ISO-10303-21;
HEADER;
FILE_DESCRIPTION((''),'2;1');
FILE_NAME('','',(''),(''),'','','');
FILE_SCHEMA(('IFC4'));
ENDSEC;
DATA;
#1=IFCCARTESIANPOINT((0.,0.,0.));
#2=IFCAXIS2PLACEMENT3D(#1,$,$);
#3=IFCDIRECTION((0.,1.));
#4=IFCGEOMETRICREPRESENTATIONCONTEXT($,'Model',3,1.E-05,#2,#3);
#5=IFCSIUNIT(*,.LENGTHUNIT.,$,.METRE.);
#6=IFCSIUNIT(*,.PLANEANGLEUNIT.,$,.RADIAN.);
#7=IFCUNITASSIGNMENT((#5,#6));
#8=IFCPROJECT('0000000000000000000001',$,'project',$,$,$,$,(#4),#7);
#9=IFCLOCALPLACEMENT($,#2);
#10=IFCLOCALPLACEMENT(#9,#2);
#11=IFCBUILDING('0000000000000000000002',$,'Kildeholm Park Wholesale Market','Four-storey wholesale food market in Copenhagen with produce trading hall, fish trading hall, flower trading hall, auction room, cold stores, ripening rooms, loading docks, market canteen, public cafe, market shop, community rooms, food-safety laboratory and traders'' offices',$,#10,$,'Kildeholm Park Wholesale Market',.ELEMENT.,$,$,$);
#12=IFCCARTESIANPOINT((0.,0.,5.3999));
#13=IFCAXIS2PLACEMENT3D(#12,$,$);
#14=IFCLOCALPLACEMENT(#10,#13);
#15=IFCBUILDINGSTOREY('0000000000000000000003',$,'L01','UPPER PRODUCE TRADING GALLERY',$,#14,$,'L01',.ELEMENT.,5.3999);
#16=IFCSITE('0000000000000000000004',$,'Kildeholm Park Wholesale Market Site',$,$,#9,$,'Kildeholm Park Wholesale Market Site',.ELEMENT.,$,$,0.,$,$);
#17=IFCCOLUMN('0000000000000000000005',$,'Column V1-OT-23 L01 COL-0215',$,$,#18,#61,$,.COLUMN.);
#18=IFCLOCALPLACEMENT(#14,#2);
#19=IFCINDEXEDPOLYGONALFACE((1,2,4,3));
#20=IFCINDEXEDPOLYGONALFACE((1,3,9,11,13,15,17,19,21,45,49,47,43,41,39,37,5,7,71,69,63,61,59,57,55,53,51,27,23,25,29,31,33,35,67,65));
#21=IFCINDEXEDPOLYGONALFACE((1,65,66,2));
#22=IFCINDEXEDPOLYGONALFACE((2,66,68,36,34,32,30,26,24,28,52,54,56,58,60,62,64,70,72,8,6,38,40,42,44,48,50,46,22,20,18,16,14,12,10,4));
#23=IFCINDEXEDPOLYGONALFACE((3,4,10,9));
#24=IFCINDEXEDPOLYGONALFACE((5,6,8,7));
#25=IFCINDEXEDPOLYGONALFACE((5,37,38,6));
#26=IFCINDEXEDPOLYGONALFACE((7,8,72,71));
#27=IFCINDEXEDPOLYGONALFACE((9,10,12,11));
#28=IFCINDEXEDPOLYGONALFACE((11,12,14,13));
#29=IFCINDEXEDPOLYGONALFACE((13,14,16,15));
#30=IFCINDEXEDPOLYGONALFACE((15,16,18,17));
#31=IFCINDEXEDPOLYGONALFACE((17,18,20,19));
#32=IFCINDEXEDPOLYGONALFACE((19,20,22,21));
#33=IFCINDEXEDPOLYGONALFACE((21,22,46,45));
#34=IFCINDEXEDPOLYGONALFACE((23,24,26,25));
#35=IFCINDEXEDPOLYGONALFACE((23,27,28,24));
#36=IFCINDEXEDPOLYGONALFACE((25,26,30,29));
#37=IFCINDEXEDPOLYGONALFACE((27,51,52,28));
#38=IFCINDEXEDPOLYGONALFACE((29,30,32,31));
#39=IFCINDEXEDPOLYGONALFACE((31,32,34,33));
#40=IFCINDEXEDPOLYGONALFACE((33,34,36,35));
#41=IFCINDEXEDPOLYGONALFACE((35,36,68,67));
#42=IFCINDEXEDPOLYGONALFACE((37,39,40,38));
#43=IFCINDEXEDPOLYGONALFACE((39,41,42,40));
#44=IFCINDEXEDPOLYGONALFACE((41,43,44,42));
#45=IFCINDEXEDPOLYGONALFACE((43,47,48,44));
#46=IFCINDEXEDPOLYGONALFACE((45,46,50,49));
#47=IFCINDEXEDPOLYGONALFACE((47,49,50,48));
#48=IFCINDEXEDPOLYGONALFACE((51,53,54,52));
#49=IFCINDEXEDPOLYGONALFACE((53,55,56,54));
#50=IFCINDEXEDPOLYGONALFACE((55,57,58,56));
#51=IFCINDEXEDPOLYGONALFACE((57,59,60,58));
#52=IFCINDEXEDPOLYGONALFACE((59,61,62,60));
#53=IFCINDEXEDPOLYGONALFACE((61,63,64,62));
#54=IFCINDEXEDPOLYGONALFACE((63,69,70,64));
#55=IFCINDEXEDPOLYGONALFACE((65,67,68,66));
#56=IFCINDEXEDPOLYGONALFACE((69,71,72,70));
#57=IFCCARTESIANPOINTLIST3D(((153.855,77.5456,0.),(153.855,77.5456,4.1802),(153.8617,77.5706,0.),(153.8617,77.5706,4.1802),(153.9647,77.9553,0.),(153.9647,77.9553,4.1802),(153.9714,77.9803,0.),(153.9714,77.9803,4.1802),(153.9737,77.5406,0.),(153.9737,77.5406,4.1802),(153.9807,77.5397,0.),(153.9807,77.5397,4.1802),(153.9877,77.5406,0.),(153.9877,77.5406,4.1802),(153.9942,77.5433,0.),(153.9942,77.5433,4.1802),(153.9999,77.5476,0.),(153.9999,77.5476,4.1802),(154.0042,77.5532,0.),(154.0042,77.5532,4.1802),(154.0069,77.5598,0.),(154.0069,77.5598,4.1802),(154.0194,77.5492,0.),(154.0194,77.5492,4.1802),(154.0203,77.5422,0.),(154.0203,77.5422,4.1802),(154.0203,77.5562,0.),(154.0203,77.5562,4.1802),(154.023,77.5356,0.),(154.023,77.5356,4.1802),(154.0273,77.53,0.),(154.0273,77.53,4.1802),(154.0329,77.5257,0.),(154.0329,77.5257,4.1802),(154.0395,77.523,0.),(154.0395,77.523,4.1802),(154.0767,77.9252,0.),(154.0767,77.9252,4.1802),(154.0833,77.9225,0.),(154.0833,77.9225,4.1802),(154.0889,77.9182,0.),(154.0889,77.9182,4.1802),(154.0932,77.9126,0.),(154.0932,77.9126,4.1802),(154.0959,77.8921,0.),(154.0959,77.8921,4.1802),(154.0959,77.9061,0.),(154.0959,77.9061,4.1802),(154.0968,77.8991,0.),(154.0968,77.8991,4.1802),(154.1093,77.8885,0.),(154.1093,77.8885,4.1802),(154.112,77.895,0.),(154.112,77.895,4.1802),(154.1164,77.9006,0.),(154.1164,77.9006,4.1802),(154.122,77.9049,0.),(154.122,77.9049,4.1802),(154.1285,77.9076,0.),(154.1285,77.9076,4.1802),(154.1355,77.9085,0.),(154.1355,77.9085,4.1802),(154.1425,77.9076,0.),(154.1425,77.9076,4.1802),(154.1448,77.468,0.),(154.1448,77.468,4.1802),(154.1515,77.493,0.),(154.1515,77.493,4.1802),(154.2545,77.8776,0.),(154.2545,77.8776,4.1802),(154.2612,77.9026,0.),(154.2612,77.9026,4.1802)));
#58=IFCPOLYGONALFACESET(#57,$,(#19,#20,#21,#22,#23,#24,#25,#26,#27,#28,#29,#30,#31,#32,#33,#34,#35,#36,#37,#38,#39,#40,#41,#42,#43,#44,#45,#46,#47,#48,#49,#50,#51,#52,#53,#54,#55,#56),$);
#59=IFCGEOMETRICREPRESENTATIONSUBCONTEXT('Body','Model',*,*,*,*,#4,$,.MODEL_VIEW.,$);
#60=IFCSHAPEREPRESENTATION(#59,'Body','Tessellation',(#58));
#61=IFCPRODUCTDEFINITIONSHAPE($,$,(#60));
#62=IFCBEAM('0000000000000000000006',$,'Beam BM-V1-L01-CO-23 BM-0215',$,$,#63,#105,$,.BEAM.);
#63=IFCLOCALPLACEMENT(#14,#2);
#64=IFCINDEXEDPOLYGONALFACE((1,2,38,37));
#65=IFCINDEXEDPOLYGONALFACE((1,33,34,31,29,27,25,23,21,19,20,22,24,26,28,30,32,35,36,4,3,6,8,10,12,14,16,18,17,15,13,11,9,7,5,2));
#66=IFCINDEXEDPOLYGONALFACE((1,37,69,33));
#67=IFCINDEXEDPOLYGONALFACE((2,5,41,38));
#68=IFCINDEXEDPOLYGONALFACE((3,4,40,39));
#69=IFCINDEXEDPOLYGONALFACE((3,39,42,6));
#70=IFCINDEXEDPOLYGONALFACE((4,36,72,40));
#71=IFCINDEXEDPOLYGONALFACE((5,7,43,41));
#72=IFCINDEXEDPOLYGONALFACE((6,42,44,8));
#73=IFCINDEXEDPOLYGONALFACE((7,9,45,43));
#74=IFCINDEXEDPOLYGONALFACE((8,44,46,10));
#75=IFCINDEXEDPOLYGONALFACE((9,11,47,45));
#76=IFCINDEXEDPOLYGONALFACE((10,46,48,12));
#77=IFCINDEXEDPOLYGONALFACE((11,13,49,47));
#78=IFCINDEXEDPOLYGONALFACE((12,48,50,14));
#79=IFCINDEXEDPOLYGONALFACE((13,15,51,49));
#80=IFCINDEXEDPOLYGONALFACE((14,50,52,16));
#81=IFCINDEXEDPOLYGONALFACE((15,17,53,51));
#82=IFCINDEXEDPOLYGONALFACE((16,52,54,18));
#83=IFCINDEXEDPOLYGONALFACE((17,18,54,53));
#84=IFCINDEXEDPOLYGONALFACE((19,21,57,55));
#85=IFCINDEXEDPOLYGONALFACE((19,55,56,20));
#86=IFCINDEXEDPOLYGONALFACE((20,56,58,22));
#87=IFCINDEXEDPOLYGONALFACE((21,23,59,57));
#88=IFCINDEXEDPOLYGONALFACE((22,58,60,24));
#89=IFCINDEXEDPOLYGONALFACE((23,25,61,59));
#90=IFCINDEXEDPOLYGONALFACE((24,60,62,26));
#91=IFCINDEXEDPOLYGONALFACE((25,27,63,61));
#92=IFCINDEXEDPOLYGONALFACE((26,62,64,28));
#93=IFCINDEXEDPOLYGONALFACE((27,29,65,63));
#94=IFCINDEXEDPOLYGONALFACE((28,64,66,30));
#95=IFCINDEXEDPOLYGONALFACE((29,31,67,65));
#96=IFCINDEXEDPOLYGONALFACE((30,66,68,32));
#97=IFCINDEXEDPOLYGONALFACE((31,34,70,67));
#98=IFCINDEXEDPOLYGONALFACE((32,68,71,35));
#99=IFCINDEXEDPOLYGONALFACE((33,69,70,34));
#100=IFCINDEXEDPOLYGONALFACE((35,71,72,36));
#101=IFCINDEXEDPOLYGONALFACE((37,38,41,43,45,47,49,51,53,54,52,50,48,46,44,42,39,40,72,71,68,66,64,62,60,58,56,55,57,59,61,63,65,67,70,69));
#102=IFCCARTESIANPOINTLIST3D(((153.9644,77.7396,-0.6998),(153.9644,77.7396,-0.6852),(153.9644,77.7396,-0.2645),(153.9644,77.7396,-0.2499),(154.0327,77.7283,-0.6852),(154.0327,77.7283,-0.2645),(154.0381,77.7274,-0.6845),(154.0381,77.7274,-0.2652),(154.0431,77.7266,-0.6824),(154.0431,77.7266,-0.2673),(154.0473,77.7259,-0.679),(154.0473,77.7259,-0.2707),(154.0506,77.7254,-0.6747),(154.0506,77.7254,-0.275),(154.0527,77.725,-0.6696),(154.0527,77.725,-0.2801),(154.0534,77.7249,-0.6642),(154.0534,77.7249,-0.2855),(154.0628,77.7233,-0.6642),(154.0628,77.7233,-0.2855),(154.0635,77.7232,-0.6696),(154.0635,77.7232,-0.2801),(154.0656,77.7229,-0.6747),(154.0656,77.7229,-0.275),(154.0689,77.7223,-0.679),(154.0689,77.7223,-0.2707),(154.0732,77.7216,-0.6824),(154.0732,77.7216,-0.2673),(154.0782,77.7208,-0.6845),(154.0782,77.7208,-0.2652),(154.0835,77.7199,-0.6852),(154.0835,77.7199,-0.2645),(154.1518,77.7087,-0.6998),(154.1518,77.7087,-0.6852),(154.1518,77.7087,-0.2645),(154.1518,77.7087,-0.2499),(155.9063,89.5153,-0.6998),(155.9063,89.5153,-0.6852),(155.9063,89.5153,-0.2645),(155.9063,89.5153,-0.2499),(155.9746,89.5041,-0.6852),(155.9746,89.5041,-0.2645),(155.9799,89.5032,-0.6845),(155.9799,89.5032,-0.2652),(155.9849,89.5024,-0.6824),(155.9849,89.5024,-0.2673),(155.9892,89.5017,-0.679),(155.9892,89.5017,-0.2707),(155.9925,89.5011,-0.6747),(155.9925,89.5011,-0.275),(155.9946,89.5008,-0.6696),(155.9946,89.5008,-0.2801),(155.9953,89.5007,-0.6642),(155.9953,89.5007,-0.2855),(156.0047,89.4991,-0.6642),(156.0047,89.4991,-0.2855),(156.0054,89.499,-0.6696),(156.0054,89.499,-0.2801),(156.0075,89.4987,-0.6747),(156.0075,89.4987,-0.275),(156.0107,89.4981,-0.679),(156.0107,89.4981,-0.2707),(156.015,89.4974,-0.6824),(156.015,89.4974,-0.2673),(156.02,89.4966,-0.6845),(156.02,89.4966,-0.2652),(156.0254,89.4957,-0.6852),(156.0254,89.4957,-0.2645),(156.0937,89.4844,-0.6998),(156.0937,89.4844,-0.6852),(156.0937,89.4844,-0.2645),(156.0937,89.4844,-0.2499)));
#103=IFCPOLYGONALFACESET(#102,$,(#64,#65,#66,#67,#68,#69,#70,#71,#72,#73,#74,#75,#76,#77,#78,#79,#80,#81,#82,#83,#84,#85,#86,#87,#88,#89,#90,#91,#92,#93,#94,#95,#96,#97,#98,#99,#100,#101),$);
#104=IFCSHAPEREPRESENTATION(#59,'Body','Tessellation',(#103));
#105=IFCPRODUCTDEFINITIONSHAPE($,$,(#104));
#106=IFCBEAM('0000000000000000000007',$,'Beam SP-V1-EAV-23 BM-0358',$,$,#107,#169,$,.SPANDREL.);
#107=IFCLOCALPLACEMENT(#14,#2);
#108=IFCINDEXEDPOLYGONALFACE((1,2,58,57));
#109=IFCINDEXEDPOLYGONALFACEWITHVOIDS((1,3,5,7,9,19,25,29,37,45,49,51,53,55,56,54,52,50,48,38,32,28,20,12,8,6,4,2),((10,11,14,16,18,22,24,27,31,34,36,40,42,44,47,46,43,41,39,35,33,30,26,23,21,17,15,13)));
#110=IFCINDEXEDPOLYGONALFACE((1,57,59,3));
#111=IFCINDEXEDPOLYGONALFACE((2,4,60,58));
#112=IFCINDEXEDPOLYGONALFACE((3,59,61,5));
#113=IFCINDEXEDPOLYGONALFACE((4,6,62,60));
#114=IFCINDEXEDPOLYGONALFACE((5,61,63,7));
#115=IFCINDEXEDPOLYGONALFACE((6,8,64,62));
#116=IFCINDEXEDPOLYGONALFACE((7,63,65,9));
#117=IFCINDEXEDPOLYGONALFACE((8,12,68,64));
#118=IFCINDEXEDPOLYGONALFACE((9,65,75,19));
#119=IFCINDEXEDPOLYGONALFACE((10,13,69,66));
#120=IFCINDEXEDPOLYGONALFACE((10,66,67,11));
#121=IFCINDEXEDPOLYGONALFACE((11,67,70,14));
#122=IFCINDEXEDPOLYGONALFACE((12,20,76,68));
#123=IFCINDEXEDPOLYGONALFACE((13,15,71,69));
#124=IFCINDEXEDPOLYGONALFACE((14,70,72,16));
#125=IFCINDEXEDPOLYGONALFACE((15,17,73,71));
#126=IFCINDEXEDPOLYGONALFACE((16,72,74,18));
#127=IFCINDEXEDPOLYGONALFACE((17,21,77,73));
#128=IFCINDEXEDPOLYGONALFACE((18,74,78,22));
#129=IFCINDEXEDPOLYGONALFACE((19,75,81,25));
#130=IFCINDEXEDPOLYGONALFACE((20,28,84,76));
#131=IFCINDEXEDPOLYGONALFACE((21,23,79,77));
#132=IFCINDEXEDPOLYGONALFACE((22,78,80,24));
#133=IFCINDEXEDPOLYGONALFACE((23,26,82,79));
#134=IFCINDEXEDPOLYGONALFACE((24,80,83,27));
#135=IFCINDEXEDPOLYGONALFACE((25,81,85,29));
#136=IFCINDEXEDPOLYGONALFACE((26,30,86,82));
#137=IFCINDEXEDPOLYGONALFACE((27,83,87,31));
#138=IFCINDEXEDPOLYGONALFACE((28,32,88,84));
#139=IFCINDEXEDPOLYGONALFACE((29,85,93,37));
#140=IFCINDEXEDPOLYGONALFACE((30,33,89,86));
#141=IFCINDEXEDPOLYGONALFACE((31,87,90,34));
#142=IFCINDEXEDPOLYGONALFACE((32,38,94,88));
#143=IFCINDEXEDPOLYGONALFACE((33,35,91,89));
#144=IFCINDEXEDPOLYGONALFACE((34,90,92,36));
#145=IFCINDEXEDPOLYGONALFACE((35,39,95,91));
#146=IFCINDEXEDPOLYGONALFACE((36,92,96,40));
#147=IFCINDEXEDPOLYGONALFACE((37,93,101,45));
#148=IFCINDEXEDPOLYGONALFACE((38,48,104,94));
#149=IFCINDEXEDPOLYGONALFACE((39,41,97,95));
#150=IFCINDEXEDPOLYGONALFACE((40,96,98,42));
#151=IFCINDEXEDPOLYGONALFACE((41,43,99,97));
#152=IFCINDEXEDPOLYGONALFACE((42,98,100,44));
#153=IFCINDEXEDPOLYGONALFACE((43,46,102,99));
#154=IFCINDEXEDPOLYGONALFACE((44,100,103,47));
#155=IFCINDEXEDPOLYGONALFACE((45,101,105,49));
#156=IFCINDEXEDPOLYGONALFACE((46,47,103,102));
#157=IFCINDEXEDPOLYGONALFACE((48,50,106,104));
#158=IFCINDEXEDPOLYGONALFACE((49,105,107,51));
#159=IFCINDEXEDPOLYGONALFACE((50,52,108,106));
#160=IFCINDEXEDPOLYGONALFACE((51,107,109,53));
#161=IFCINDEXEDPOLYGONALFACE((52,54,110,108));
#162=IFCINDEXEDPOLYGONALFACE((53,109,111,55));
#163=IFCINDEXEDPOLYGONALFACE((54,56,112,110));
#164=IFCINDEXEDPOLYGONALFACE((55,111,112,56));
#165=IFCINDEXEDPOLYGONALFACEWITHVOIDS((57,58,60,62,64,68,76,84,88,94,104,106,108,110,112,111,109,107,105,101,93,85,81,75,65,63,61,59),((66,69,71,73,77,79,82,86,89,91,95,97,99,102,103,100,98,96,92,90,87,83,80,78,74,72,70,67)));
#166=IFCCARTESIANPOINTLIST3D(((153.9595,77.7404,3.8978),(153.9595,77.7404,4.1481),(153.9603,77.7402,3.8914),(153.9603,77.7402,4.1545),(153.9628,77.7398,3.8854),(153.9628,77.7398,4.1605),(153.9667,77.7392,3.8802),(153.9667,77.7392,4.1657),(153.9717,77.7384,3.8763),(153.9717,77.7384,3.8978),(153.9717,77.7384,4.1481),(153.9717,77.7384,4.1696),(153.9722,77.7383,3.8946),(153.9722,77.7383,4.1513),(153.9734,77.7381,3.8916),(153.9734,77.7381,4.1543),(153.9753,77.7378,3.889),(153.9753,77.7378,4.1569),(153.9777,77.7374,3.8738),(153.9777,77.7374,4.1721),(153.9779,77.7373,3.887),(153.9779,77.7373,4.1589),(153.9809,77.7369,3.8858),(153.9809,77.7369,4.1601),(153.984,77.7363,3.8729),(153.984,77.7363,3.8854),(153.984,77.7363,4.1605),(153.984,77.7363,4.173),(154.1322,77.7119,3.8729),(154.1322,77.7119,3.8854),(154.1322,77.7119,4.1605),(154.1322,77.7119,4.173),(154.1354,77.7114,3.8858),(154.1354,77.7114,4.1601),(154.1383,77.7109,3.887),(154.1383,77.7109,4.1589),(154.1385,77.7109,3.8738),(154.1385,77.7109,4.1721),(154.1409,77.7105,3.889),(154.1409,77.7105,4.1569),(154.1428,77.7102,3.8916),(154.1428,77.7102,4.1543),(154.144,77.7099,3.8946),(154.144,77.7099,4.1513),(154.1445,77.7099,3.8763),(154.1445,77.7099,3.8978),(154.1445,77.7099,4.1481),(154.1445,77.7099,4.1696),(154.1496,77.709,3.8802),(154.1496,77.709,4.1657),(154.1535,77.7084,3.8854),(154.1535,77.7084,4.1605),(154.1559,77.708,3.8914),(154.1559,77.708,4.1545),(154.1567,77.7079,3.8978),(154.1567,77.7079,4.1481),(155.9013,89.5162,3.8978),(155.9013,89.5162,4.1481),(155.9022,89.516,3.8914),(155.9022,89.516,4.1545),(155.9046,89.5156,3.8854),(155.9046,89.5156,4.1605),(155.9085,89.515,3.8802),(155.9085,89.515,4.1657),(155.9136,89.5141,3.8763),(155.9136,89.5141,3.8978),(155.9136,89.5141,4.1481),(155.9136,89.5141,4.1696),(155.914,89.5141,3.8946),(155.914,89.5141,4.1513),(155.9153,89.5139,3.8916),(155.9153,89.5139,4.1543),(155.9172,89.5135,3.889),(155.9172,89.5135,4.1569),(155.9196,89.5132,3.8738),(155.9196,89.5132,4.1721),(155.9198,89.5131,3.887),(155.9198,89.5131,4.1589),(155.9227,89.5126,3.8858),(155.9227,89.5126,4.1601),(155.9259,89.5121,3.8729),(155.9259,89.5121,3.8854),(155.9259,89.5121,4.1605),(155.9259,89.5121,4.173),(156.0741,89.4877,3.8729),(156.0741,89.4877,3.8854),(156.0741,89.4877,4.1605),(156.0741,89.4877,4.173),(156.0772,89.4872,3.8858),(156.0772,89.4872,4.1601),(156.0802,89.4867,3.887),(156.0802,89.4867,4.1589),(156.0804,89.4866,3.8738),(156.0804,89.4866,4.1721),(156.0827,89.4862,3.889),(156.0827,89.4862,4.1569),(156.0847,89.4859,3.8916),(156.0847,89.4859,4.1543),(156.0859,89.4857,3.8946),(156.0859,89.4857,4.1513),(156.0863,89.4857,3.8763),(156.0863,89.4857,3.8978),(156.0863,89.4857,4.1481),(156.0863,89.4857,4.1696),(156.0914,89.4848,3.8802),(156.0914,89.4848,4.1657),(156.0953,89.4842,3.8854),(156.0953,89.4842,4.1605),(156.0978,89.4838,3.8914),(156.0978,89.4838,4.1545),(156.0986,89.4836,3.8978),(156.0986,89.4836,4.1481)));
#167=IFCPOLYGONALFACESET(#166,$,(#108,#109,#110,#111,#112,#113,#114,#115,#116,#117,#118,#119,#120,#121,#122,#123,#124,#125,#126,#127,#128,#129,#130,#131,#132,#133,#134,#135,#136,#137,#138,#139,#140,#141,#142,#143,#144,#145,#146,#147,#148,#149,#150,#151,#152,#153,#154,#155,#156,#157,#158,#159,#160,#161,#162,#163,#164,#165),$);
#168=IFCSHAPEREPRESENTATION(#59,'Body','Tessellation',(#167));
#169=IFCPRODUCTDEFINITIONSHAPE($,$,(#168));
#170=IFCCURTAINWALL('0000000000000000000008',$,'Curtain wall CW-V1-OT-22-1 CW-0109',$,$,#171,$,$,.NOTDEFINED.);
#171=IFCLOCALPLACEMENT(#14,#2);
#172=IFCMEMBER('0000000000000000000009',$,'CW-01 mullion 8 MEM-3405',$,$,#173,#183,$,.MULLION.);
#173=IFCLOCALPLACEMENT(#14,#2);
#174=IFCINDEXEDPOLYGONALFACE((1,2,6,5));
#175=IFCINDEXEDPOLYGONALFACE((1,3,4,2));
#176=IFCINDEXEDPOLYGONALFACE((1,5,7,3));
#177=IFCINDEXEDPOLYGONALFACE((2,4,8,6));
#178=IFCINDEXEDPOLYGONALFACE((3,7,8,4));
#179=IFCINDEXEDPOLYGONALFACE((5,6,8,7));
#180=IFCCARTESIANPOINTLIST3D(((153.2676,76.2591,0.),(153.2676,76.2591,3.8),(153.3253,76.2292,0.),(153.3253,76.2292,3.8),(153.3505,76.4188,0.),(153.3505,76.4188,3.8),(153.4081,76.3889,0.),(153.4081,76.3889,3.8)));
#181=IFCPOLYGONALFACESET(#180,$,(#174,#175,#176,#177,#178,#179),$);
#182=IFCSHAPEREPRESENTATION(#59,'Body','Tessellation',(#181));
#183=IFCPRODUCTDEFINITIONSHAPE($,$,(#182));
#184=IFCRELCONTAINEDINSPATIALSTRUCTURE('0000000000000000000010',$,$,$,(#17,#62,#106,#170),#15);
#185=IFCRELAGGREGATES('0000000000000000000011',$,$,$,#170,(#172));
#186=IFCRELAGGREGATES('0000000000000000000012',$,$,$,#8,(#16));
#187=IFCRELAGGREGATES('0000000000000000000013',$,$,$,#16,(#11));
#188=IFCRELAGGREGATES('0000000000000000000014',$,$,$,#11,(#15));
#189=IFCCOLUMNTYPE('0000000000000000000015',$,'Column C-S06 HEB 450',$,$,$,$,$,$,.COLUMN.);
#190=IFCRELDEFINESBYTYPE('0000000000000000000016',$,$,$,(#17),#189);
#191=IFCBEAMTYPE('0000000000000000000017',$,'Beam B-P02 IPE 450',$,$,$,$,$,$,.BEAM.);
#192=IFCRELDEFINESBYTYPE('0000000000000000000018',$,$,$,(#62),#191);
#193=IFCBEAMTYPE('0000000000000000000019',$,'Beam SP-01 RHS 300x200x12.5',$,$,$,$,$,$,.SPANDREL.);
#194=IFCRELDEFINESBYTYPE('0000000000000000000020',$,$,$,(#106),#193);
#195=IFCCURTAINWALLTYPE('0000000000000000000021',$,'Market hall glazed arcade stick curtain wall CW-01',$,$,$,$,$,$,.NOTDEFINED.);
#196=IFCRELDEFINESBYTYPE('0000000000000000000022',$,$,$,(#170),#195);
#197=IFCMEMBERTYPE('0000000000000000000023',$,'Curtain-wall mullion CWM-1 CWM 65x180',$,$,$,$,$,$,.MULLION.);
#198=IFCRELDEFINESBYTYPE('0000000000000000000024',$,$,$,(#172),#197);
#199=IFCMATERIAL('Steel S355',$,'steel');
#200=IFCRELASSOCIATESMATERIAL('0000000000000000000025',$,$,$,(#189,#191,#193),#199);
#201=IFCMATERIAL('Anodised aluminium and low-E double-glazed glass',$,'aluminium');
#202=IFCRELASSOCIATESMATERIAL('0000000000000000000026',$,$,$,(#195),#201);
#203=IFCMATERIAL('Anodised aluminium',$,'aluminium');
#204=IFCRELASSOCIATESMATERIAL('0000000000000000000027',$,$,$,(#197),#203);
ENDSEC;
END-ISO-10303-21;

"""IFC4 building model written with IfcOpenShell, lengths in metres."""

from ifc_helpers import new_model, si_unit, direction, frame, origin, origin_2d, place, context, subcontext, project, spatial, rectangle, hollow_rectangle, i_section, extrude, material, material_profile, profile_set, type_object, element, aggregate, save


model = new_model("IFC4")

# Units and contexts
model_context = context("Model", 3, precision=1e-05, world=origin(), true_north=direction((0.0, 1.0)))
body_context = subcontext(model_context, "Body", "Model", "MODEL_VIEW")
ifc_project = project(units=[si_unit("LENGTHUNIT", "METRE"), si_unit("PLANEANGLEUNIT", "RADIAN")], contexts=[model_context])

# Site, building, storey
site_placement = place(None, origin())
site = spatial("IfcSite", under=ifc_project, at=site_placement, Name="Kildeholm Park Wholesale Market Site", LongName="Kildeholm Park Wholesale Market Site", CompositionType="ELEMENT", RefElevation=0.0)
building_placement = place(site_placement, origin())
building = spatial("IfcBuilding", under=site, at=building_placement, Name="Kildeholm Park Wholesale Market", Description="Four-storey wholesale food market in Copenhagen with produce trading hall, fish trading hall, flower trading hall, auction room, cold stores, ripening rooms, loading docks, market canteen, public cafe, market shop, community rooms, food-safety laboratory and traders' offices", LongName="Kildeholm Park Wholesale Market", CompositionType="ELEMENT")
storey_placement = place(building_placement, frame((0.0, 0.0, 5.3999)))
storey = spatial("IfcBuildingStorey", under=building, at=storey_placement, Name="L01", Description="UPPER PRODUCE TRADING GALLERY", LongName="L01", CompositionType="ELEMENT", Elevation=5.3999)

# Column
ifc_material_1 = material(Name="Steel S355", Category="steel")
ifc_material_profile_1 = material_profile(ifc_material_1, i_section(OverallWidth=0.3, OverallDepth=0.45, WebThickness=0.0139, FlangeThickness=0.0259, FilletRadius=0.0271, at=origin_2d()), Name="HEB 450")
ifc_profile_set_1 = profile_set([ifc_material_profile_1], Name="Steel S355")
column_type = type_object("IfcColumnType", Name="Column C-S06 HEB 450", PredefinedType="COLUMN", material=ifc_profile_set_1)
column_placement = place(storey_placement, frame((154.0581, 77.7241, 0.0), z_axis=(0.0, 0.0, 1.0), x_axis=(0.965926, -0.258819, 0.0)))
element("IfcColumn", 1, at=column_placement, inside=storey, type_object=column_type, Name="Column V1-OT-23 L01 COL-0215", PredefinedType="COLUMN", context=body_context, shape_type="SweptSolid", body=[
    extrude(i_section(OverallWidth=0.3, OverallDepth=0.45, WebThickness=0.0139, FlangeThickness=0.0259, FilletRadius=0.0271, at=origin_2d()), origin(), (0.0, 0.0, 1.0), 4.1802),
])

# Beams
ifc_material_profile_2 = material_profile(ifc_material_1, i_section(OverallWidth=0.1899, OverallDepth=0.45, WebThickness=0.0095, FlangeThickness=0.0146, FilletRadius=0.021, at=origin_2d()), Name="IPE 450")
ifc_profile_set_2 = profile_set([ifc_material_profile_2], Name="Steel S355")
beam_type_1 = type_object("IfcBeamType", Name="Beam B-P02 IPE 450", PredefinedType="BEAM", material=ifc_profile_set_2)
beam_1_placement = place(storey_placement, frame((154.0581, 77.7241, -0.4749), z_axis=(0.162707, 0.986674, 0.0), x_axis=(-0.986674, 0.162707, 0.0)))
element("IfcBeam", 2, at=beam_1_placement, inside=storey, type_object=beam_type_1, Name="Beam BM-V1-L01-CO-23 BM-0215", PredefinedType="BEAM", context=body_context, shape_type="SweptSolid", body=[
    extrude(i_section(OverallWidth=0.1899, OverallDepth=0.45, WebThickness=0.0095, FlangeThickness=0.0146, FilletRadius=0.021, at=origin_2d()), origin(), (0.0, 0.0, 1.0), 11.9348),
])
ifc_material_profile_3 = material_profile(ifc_material_1, hollow_rectangle(XDim=0.2, YDim=0.3, WallThickness=0.0125, InnerFilletRadius=0.0125, OuterFilletRadius=0.0249, at=origin_2d()), Name="RHS 300x200x12.5")
ifc_profile_set_3 = profile_set([ifc_material_profile_3], Name="Steel S355")
beam_type_2 = type_object("IfcBeamType", Name="Beam SP-01 RHS 300x200x12.5", PredefinedType="SPANDREL", material=ifc_profile_set_3)
beam_2_placement = place(storey_placement, frame((154.0581, 77.7241, 4.0229), z_axis=(0.162707, 0.986674, 0.0), x_axis=(-0.986674, 0.162707, 0.0)))
element("IfcBeam", 3, at=beam_2_placement, inside=storey, type_object=beam_type_2, Name="Beam SP-V1-EAV-23 BM-0358", PredefinedType="SPANDREL", context=body_context, shape_type="SweptSolid", body=[
    extrude(hollow_rectangle(XDim=0.2, YDim=0.3, WallThickness=0.0125, InnerFilletRadius=0.0125, OuterFilletRadius=0.0249, at=origin_2d()), origin(), (0.0, 0.0, 1.0), 11.9348),
])

# Curtain wall, member
ifc_material_2 = material(Name="Anodised aluminium and low-E double-glazed glass", Category="aluminium")
curtain_wall_type = type_object("IfcCurtainWallType", Name="Market hall glazed arcade stick curtain wall CW-01", PredefinedType="NOTDEFINED", material=ifc_material_2)
curtain_wall_1_placement = place(storey_placement, origin())
curtain_wall_1 = element("IfcCurtainWall", 4, at=curtain_wall_1_placement, inside=storey, type_object=curtain_wall_type, Name="Curtain wall CW-V1-OT-22-1 CW-0109", PredefinedType="NOTDEFINED")
ifc_material_3 = material(Name="Anodised aluminium", Category="aluminium")
ifc_material_profile_4 = material_profile(ifc_material_3, rectangle(XDim=0.0649, YDim=0.1799, at=origin_2d()), Name="CWM 65x180")
ifc_profile_set_4 = profile_set([ifc_material_profile_4], Name="Anodised aluminium")
member_type_1 = type_object("IfcMemberType", Name="Curtain-wall mullion CWM-1 CWM 65x180", PredefinedType="MULLION", material=ifc_profile_set_4)
member_1_placement = place(storey_placement, frame((153.3379, 76.324, 0.0), z_axis=(0.0, 0.0, 1.0), x_axis=(-0.887652, 0.460514, 0.0)))
member_1 = element("IfcMember", 5, at=member_1_placement, type_object=member_type_1, Name="CW-01 mullion 8 MEM-3405", PredefinedType="MULLION", context=body_context, shape_type="SweptSolid", body=[
    extrude(rectangle(XDim=0.0649, YDim=0.1799, at=origin_2d()), origin(), (0.0, 0.0, 1.0), 3.8),
])

aggregate(curtain_wall_1, [member_1])

save(model, "model.ifc")
